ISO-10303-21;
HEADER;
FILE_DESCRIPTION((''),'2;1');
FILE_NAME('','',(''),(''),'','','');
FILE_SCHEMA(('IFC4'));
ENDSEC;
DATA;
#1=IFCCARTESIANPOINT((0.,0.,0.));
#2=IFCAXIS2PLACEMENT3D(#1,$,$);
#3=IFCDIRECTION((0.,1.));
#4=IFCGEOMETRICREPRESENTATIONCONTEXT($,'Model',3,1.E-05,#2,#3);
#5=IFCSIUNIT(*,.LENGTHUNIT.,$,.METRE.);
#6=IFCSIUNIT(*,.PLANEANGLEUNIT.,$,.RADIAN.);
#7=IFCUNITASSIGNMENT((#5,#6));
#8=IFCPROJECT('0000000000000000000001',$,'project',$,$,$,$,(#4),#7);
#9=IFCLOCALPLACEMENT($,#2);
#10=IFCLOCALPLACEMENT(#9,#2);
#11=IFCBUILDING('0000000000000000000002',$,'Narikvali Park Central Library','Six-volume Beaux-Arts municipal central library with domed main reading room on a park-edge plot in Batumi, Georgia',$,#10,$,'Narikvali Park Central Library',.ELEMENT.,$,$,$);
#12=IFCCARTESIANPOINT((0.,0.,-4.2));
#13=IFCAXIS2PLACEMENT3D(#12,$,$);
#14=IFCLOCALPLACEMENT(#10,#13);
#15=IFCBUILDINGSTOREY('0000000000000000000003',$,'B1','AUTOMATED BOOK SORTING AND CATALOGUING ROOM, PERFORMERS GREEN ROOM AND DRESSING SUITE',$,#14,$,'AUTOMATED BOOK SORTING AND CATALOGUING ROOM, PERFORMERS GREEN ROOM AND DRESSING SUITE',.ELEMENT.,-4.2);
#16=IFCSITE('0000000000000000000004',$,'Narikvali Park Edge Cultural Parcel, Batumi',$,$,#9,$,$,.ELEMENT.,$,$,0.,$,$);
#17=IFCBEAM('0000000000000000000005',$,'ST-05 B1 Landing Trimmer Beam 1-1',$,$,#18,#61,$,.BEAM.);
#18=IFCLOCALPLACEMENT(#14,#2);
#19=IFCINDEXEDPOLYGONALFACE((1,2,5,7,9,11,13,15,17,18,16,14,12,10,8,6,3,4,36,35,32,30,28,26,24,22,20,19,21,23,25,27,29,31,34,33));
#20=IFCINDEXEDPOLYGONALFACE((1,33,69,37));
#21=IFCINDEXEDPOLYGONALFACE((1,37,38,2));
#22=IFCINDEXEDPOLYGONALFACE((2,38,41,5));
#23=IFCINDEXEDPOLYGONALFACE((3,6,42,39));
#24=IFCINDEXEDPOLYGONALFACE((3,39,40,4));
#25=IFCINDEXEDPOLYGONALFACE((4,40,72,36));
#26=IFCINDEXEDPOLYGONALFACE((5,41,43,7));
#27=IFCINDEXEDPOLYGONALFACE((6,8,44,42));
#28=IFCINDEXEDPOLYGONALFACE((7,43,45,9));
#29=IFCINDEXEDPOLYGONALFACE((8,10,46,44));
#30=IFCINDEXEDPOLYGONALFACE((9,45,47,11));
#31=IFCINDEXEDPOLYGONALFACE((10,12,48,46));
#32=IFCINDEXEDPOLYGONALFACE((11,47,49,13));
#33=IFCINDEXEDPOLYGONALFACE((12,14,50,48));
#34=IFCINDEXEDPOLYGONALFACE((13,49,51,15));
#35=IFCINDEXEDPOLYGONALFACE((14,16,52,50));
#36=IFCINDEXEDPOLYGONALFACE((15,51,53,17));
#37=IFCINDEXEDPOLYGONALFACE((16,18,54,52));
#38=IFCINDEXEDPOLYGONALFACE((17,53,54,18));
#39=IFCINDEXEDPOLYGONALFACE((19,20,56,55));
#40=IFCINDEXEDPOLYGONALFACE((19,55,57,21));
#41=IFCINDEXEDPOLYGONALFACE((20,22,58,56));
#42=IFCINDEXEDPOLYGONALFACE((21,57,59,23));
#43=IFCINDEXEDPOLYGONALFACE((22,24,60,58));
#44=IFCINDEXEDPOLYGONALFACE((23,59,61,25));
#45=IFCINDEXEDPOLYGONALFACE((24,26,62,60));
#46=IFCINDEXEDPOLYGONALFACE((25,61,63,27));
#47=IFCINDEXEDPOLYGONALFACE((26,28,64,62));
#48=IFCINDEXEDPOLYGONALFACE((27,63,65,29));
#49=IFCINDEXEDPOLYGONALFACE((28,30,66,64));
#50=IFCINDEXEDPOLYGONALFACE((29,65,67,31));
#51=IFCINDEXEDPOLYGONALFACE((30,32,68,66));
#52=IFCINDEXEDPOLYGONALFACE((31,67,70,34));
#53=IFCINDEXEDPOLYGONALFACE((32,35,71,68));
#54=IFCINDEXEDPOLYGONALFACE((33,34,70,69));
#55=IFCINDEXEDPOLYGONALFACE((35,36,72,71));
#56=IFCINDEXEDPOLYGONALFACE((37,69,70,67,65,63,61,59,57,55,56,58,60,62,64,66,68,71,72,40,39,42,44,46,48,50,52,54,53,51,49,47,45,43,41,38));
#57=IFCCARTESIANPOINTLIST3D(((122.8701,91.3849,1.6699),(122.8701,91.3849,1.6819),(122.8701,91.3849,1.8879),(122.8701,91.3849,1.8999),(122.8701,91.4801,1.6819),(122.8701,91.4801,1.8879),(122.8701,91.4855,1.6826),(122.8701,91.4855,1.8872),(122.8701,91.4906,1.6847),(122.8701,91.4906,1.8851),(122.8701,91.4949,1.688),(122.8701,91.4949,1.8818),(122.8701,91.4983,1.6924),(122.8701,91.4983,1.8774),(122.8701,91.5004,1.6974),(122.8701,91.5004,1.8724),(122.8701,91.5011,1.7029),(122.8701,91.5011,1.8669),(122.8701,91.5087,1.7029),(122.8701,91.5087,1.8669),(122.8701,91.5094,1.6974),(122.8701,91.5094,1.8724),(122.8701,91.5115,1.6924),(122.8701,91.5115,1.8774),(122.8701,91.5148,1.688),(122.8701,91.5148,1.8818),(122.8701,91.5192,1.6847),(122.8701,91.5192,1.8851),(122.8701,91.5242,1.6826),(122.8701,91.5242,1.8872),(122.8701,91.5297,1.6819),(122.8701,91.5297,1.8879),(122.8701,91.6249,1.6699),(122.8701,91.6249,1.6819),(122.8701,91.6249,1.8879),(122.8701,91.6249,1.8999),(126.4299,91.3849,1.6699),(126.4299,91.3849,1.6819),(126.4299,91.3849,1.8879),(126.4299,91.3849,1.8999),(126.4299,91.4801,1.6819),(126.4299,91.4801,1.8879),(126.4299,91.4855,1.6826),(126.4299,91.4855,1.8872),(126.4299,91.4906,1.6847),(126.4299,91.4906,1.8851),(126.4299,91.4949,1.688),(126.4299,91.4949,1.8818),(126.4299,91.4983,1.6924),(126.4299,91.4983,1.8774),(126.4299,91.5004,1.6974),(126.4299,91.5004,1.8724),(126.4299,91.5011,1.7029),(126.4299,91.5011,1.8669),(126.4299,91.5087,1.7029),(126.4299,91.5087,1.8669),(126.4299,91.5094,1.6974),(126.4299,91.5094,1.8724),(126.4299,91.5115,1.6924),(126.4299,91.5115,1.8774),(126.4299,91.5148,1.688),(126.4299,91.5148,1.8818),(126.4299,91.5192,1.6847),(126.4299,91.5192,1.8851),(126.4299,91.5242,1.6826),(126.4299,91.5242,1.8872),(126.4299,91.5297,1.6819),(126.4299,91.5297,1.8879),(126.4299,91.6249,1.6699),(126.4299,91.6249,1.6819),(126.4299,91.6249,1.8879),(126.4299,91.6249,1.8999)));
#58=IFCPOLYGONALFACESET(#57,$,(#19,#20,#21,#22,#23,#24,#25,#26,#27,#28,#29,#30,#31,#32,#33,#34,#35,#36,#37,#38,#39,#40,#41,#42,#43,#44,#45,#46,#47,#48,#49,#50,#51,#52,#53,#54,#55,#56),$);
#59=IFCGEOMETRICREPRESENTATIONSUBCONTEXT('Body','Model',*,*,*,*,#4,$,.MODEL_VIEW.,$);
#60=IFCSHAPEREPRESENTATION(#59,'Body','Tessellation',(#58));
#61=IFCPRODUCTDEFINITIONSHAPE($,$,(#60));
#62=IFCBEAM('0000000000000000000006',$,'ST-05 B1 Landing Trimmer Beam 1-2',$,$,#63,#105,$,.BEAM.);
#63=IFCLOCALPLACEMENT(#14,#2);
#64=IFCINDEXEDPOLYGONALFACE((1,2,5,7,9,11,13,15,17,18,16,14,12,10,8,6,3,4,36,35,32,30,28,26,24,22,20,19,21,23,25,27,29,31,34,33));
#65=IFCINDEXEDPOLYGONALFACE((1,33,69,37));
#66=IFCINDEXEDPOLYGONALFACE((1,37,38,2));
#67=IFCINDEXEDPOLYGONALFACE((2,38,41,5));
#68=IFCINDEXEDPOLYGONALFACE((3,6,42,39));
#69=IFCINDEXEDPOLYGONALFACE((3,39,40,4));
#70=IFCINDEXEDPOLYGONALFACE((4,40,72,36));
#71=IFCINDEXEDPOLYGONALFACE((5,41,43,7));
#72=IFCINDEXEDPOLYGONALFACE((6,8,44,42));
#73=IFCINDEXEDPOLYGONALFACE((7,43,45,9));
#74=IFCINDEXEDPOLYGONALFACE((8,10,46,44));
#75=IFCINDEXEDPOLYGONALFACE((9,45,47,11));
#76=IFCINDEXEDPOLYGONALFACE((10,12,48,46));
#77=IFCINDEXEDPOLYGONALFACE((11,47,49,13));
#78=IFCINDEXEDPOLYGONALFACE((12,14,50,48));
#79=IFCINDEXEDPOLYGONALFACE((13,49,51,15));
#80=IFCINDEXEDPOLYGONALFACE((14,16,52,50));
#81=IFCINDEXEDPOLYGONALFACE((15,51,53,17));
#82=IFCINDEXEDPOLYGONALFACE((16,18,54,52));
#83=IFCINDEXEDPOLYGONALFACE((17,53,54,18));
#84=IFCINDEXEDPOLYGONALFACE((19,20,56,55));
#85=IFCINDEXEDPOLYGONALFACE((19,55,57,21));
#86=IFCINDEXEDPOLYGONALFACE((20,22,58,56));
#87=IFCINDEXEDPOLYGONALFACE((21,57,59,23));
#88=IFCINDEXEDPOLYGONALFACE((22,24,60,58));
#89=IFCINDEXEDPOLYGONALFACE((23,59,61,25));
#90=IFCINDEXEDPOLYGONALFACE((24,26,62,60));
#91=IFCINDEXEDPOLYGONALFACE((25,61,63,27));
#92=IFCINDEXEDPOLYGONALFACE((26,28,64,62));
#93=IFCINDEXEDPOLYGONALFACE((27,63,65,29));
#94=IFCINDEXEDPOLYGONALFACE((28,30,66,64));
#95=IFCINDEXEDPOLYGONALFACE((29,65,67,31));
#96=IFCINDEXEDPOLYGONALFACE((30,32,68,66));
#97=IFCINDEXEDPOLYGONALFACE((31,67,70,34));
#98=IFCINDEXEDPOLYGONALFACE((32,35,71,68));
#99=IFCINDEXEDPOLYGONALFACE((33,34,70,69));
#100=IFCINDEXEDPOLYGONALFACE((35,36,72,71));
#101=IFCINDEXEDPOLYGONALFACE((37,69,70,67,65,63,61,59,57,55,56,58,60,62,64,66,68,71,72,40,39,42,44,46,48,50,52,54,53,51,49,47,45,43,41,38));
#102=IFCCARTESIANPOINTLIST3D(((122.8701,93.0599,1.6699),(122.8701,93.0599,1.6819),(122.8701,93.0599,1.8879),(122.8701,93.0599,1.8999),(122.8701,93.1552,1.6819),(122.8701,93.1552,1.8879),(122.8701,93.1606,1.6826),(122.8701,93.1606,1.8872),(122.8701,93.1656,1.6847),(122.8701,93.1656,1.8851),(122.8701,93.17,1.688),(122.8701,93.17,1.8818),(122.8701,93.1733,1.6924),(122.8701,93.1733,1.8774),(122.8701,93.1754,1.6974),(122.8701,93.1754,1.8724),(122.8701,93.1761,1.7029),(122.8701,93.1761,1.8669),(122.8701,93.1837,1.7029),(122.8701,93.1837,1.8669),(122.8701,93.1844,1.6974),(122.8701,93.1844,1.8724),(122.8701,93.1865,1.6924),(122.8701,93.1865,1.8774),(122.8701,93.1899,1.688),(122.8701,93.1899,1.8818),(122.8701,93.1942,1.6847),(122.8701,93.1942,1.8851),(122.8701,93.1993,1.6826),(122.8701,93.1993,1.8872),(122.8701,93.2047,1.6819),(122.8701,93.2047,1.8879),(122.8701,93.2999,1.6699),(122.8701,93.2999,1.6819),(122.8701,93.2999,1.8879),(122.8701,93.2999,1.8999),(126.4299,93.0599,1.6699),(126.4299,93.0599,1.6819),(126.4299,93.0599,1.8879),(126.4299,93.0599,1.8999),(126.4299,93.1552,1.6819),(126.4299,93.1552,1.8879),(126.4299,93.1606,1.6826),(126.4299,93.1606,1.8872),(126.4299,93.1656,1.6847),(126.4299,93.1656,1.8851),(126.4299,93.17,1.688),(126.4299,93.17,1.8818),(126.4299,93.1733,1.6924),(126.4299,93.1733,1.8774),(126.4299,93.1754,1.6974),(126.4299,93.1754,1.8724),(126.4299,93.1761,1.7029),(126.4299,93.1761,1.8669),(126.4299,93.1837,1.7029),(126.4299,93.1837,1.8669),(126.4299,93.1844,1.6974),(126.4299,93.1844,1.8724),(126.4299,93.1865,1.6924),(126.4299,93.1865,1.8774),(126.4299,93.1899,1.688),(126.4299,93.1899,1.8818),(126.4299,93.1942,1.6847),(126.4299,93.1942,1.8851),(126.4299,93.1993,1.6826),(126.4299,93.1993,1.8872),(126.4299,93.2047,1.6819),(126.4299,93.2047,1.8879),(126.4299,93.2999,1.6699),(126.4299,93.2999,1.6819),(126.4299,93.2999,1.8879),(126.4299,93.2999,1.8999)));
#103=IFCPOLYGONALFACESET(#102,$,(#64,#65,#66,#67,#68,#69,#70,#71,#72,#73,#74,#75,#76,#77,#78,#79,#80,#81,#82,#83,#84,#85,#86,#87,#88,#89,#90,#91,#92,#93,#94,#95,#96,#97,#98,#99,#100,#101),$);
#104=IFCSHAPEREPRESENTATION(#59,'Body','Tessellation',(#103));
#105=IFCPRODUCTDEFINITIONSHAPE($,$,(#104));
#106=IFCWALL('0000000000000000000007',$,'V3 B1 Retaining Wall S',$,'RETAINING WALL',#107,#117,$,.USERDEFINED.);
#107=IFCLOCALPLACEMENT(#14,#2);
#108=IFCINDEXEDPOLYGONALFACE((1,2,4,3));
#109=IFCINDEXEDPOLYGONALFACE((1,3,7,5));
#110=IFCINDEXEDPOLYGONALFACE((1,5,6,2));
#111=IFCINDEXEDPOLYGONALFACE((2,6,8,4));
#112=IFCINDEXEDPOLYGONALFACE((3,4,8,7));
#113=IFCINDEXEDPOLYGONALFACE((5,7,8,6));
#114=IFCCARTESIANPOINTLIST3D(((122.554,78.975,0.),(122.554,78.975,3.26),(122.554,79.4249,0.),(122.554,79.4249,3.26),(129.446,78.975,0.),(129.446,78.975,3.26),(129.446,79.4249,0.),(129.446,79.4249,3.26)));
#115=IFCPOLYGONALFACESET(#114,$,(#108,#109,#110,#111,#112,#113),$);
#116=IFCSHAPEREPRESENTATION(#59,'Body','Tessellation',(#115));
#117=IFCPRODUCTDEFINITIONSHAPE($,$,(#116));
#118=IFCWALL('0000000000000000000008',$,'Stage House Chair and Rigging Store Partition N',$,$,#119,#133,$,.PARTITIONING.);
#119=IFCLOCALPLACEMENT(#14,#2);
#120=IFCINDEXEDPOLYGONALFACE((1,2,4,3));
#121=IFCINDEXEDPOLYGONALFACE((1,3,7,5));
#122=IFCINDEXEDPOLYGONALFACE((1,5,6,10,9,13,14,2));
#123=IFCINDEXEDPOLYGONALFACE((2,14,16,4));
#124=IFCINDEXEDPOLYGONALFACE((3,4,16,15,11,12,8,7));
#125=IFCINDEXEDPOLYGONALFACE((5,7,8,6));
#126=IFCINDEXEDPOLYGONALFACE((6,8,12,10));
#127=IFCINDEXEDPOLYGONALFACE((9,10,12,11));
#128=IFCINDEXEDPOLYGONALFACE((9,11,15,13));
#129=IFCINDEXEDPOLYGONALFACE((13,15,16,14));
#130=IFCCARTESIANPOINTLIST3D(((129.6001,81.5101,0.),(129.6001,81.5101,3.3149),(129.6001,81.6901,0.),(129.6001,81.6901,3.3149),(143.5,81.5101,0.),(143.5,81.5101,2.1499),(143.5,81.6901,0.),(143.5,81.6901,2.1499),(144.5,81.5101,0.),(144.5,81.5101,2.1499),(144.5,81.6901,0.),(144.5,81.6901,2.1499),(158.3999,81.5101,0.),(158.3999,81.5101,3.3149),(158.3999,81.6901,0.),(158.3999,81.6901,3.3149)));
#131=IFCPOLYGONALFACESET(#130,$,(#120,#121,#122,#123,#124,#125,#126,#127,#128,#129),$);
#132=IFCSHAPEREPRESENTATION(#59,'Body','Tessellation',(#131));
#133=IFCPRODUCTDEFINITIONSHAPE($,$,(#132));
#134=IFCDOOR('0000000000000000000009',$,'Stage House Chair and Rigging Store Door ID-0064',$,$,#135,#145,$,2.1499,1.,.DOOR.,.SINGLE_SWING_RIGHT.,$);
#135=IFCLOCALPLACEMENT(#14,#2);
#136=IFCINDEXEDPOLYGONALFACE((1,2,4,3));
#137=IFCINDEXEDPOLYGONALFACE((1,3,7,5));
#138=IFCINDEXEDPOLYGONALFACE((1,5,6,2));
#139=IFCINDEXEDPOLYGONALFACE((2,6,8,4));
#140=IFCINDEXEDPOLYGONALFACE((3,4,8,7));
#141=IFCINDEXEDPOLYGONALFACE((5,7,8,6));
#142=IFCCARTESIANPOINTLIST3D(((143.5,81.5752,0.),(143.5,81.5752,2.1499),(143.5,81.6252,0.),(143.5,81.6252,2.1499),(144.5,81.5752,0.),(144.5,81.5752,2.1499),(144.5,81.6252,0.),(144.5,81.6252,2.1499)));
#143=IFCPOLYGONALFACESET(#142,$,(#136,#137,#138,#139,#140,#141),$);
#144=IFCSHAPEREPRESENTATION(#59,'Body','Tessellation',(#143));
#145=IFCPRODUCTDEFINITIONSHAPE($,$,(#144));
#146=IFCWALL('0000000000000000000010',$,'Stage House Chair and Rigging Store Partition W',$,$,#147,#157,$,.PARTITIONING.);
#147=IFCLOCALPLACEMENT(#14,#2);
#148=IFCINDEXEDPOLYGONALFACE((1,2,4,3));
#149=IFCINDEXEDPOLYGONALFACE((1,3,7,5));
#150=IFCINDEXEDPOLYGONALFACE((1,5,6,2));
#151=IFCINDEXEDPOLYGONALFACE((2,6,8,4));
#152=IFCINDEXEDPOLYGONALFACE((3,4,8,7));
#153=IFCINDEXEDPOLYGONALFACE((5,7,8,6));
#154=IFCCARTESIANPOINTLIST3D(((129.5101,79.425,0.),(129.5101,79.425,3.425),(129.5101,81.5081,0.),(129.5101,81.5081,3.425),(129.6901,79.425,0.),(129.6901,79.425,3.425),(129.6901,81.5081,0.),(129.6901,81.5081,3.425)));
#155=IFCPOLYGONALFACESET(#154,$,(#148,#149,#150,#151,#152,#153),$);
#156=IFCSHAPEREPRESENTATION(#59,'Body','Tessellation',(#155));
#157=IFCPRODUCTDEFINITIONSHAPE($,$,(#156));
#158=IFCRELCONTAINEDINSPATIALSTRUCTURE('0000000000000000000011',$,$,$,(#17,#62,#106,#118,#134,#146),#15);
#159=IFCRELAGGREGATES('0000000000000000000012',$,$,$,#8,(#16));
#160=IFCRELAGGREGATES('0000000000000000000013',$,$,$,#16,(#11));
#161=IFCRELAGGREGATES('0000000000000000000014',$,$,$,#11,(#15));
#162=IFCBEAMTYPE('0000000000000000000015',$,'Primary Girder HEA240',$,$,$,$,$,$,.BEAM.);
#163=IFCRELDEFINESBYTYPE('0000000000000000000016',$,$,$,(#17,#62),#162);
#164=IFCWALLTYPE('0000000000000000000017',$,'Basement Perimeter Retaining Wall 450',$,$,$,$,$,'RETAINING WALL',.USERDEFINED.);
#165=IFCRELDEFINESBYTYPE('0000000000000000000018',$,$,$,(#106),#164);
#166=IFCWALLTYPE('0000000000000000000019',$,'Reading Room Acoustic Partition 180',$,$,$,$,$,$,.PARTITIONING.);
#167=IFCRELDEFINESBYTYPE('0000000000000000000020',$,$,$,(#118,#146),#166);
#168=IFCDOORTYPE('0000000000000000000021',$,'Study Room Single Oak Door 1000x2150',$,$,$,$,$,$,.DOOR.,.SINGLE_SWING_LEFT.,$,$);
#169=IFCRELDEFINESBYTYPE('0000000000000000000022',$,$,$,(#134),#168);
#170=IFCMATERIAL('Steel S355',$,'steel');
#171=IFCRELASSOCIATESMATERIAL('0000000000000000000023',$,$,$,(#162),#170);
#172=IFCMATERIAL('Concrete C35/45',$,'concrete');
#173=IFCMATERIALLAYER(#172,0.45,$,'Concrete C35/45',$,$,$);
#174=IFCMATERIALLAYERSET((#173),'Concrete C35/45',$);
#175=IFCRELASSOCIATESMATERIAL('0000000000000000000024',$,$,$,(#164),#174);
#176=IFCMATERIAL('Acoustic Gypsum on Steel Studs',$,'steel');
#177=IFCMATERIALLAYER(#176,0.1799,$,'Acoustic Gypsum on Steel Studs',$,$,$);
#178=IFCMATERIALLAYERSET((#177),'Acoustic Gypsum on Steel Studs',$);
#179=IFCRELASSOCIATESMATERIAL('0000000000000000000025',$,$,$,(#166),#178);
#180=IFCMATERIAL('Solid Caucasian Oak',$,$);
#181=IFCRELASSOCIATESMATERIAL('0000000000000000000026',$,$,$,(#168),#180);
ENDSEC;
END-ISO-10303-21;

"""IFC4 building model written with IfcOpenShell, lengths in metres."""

from ifc_helpers import new_model, si_unit, direction, frame, frame_2d, origin, origin_2d, place, context, subcontext, project, spatial, rectangle, i_section, extrude, material, layer, layer_set, material_profile, profile_set, type_object, element, fill, save


model = new_model("IFC4")

# Units and contexts
model_context = context("Model", 3, precision=1e-05, world=origin(), true_north=direction((0.0, 1.0)))
body_context = subcontext(model_context, "Body", "Model", "MODEL_VIEW")
ifc_project = project(units=[si_unit("LENGTHUNIT", "METRE"), si_unit("PLANEANGLEUNIT", "RADIAN")], contexts=[model_context])

# Site, building, storey
site_placement = place(None, origin())
site = spatial("IfcSite", under=ifc_project, at=site_placement, Name="Narikvali Park Edge Cultural Parcel, Batumi", CompositionType="ELEMENT", RefElevation=0.0)
building_placement = place(site_placement, origin())
building = spatial("IfcBuilding", under=site, at=building_placement, Name="Narikvali Park Central Library", Description="Six-volume Beaux-Arts municipal central library with domed main reading room on a park-edge plot in Batumi, Georgia", LongName="Narikvali Park Central Library", CompositionType="ELEMENT")
storey_placement = place(building_placement, frame((0.0, 0.0, -4.2)))
storey = spatial("IfcBuildingStorey", under=building, at=storey_placement, Name="B1", Description="AUTOMATED BOOK SORTING AND CATALOGUING ROOM, PERFORMERS GREEN ROOM AND DRESSING SUITE", LongName="AUTOMATED BOOK SORTING AND CATALOGUING ROOM, PERFORMERS GREEN ROOM AND DRESSING SUITE", CompositionType="ELEMENT", Elevation=-4.2)

# Shared definitions
ifc_material_1 = material(Name="Concrete C35/45", Category="concrete")

# Shared definitions
ifc_material_2 = material(Name="Steel S355", Category="steel")

# Beams
ifc_material_profile_1 = material_profile(ifc_material_2, i_section(OverallWidth=0.24, OverallDepth=0.23, WebThickness=0.0076, FlangeThickness=0.012, FilletRadius=0.021, at=origin_2d()), Name="HEA 240")
ifc_profile_set_1 = profile_set([ifc_material_profile_1], Name="Steel S355")
beam_type = type_object("IfcBeamType", Name="Primary Girder HEA240", PredefinedType="BEAM", material=ifc_profile_set_1)
for number, where, z_axis, x_axis, name in (
    (1, (122.8701, 91.5049, 1.7849), (1.0, 0.0, 0.0), (0.0, 1.0, 0.0), "ST-05 B1 Landing Trimmer Beam 1-1"),
    (2, (122.8701, 93.1799, 1.7849), (1.0, 0.0, 0.0), (0.0, 1.0, 0.0), "ST-05 B1 Landing Trimmer Beam 1-2"),
):
    element("IfcBeam", number, at=place(storey_placement, frame(where, z_axis=z_axis, x_axis=x_axis)), inside=storey, type_object=beam_type, Name=name, PredefinedType="BEAM", context=body_context, shape_type="SweptSolid", body=[
        extrude(i_section(OverallWidth=0.24, OverallDepth=0.23, WebThickness=0.0076, FlangeThickness=0.012, FilletRadius=0.021, at=origin_2d()), origin(), (0.0, 0.0, 1.0), 3.5598),
    ])

# Wall
ifc_layer_1 = layer(ifc_material_1, 0.45, Name="Concrete C35/45")
ifc_layer_set_1 = layer_set([ifc_layer_1], Name="Concrete C35/45")
wall_type_1 = type_object("IfcWallType", Name="Basement Perimeter Retaining Wall 450", ElementType="RETAINING WALL", PredefinedType="USERDEFINED", material=ifc_layer_set_1)
wall_1_placement = place(storey_placement, frame((122.554, 79.2, 0.0), z_axis=(0.0, 0.0, 1.0), x_axis=(1.0, 0.0, 0.0)))
element("IfcWall", 3, at=wall_1_placement, inside=storey, type_object=wall_type_1, Name="V3 B1 Retaining Wall S", ObjectType="RETAINING WALL", PredefinedType="USERDEFINED", context=body_context, shape_type="SweptSolid", body=[
    extrude(rectangle(XDim=6.8921, YDim=0.45, at=frame_2d((3.446, 0.0))), origin(), (0.0, 0.0, 1.0), 3.26),
])

# Wall, opening, door
ifc_material_3 = material(Name="Acoustic Gypsum on Steel Studs", Category="steel")
ifc_layer_2 = layer(ifc_material_3, 0.1799, Name="Acoustic Gypsum on Steel Studs")
ifc_layer_set_2 = layer_set([ifc_layer_2], Name="Acoustic Gypsum on Steel Studs")
wall_type_2 = type_object("IfcWallType", Name="Reading Room Acoustic Partition 180", PredefinedType="PARTITIONING", material=ifc_layer_set_2)
wall_2_placement = place(storey_placement, frame((129.6001, 81.6001, 0.0), z_axis=(0.0, 0.0, 1.0), x_axis=(1.0, 0.0, 0.0)))
wall_2 = element("IfcWall", 4, at=wall_2_placement, inside=storey, type_object=wall_type_2, Name="Stage House Chair and Rigging Store Partition N", PredefinedType="PARTITIONING", context=body_context, shape_type="SweptSolid", body=[
    extrude(rectangle(XDim=28.7998, YDim=0.1799, at=frame_2d((14.3999, 0.0))), origin(), (0.0, 0.0, 1.0), 3.3149),
])
opening_1_placement = place(wall_2_placement, frame((13.8999, 0.0, 0.0)))
opening_1 = element("IfcOpeningElement", 5, at=opening_1_placement, cuts=wall_2, PredefinedType="OPENING", context=body_context, shape_type="SweptSolid", body=[
    extrude(rectangle(XDim=1.0, YDim=2.1499, at=frame_2d((0.5, 1.075))), frame((0.0, 0.1021, 0.0), z_axis=(0.0, -1.0, 0.0), x_axis=(1.0, 0.0, 0.0)), (0.0, 0.0, 1.0), 0.2039),
])
ifc_material_4 = material(Name="Solid Caucasian Oak")
door_type_1 = type_object("IfcDoorType", Name="Study Room Single Oak Door 1000x2150", OperationType="SINGLE_SWING_LEFT", PredefinedType="DOOR", material=ifc_material_4)
door_1_placement = place(opening_1_placement, frame((1.0, 0.0, 0.0), z_axis=(0.0, 0.0, 1.0), x_axis=(-1.0, 0.0, 0.0)))
door_1 = element("IfcDoor", 6, at=door_1_placement, inside=storey, type_object=door_type_1, Name="Stage House Chair and Rigging Store Door ID-0064", OperationType="SINGLE_SWING_RIGHT", OverallHeight=2.1499, OverallWidth=1.0, PredefinedType="DOOR", context=body_context, shape_type="SweptSolid", body=[
    extrude(rectangle(XDim=1.0, YDim=2.1499, at=frame_2d((0.5, 1.075))), frame((0.0, 0.0249, 0.0), z_axis=(0.0, -1.0, 0.0), x_axis=(1.0, 0.0, 0.0)), (0.0, 0.0, 1.0), 0.05),
])
fill(opening_1, door_1)

# Wall
wall_3_placement = place(storey_placement, frame((129.6001, 79.425, 0.0), z_axis=(0.0, 0.0, 1.0), x_axis=(0.0, 1.0, 0.0)))
element("IfcWall", 7, at=wall_3_placement, inside=storey, type_object=wall_type_2, Name="Stage House Chair and Rigging Store Partition W", PredefinedType="PARTITIONING", context=body_context, shape_type="SweptSolid", body=[
    extrude(rectangle(XDim=2.083, YDim=0.1799, at=frame_2d((1.0415, 0.0))), origin(), (0.0, 0.0, 1.0), 3.425),
])

save(model, "model.ifc")
